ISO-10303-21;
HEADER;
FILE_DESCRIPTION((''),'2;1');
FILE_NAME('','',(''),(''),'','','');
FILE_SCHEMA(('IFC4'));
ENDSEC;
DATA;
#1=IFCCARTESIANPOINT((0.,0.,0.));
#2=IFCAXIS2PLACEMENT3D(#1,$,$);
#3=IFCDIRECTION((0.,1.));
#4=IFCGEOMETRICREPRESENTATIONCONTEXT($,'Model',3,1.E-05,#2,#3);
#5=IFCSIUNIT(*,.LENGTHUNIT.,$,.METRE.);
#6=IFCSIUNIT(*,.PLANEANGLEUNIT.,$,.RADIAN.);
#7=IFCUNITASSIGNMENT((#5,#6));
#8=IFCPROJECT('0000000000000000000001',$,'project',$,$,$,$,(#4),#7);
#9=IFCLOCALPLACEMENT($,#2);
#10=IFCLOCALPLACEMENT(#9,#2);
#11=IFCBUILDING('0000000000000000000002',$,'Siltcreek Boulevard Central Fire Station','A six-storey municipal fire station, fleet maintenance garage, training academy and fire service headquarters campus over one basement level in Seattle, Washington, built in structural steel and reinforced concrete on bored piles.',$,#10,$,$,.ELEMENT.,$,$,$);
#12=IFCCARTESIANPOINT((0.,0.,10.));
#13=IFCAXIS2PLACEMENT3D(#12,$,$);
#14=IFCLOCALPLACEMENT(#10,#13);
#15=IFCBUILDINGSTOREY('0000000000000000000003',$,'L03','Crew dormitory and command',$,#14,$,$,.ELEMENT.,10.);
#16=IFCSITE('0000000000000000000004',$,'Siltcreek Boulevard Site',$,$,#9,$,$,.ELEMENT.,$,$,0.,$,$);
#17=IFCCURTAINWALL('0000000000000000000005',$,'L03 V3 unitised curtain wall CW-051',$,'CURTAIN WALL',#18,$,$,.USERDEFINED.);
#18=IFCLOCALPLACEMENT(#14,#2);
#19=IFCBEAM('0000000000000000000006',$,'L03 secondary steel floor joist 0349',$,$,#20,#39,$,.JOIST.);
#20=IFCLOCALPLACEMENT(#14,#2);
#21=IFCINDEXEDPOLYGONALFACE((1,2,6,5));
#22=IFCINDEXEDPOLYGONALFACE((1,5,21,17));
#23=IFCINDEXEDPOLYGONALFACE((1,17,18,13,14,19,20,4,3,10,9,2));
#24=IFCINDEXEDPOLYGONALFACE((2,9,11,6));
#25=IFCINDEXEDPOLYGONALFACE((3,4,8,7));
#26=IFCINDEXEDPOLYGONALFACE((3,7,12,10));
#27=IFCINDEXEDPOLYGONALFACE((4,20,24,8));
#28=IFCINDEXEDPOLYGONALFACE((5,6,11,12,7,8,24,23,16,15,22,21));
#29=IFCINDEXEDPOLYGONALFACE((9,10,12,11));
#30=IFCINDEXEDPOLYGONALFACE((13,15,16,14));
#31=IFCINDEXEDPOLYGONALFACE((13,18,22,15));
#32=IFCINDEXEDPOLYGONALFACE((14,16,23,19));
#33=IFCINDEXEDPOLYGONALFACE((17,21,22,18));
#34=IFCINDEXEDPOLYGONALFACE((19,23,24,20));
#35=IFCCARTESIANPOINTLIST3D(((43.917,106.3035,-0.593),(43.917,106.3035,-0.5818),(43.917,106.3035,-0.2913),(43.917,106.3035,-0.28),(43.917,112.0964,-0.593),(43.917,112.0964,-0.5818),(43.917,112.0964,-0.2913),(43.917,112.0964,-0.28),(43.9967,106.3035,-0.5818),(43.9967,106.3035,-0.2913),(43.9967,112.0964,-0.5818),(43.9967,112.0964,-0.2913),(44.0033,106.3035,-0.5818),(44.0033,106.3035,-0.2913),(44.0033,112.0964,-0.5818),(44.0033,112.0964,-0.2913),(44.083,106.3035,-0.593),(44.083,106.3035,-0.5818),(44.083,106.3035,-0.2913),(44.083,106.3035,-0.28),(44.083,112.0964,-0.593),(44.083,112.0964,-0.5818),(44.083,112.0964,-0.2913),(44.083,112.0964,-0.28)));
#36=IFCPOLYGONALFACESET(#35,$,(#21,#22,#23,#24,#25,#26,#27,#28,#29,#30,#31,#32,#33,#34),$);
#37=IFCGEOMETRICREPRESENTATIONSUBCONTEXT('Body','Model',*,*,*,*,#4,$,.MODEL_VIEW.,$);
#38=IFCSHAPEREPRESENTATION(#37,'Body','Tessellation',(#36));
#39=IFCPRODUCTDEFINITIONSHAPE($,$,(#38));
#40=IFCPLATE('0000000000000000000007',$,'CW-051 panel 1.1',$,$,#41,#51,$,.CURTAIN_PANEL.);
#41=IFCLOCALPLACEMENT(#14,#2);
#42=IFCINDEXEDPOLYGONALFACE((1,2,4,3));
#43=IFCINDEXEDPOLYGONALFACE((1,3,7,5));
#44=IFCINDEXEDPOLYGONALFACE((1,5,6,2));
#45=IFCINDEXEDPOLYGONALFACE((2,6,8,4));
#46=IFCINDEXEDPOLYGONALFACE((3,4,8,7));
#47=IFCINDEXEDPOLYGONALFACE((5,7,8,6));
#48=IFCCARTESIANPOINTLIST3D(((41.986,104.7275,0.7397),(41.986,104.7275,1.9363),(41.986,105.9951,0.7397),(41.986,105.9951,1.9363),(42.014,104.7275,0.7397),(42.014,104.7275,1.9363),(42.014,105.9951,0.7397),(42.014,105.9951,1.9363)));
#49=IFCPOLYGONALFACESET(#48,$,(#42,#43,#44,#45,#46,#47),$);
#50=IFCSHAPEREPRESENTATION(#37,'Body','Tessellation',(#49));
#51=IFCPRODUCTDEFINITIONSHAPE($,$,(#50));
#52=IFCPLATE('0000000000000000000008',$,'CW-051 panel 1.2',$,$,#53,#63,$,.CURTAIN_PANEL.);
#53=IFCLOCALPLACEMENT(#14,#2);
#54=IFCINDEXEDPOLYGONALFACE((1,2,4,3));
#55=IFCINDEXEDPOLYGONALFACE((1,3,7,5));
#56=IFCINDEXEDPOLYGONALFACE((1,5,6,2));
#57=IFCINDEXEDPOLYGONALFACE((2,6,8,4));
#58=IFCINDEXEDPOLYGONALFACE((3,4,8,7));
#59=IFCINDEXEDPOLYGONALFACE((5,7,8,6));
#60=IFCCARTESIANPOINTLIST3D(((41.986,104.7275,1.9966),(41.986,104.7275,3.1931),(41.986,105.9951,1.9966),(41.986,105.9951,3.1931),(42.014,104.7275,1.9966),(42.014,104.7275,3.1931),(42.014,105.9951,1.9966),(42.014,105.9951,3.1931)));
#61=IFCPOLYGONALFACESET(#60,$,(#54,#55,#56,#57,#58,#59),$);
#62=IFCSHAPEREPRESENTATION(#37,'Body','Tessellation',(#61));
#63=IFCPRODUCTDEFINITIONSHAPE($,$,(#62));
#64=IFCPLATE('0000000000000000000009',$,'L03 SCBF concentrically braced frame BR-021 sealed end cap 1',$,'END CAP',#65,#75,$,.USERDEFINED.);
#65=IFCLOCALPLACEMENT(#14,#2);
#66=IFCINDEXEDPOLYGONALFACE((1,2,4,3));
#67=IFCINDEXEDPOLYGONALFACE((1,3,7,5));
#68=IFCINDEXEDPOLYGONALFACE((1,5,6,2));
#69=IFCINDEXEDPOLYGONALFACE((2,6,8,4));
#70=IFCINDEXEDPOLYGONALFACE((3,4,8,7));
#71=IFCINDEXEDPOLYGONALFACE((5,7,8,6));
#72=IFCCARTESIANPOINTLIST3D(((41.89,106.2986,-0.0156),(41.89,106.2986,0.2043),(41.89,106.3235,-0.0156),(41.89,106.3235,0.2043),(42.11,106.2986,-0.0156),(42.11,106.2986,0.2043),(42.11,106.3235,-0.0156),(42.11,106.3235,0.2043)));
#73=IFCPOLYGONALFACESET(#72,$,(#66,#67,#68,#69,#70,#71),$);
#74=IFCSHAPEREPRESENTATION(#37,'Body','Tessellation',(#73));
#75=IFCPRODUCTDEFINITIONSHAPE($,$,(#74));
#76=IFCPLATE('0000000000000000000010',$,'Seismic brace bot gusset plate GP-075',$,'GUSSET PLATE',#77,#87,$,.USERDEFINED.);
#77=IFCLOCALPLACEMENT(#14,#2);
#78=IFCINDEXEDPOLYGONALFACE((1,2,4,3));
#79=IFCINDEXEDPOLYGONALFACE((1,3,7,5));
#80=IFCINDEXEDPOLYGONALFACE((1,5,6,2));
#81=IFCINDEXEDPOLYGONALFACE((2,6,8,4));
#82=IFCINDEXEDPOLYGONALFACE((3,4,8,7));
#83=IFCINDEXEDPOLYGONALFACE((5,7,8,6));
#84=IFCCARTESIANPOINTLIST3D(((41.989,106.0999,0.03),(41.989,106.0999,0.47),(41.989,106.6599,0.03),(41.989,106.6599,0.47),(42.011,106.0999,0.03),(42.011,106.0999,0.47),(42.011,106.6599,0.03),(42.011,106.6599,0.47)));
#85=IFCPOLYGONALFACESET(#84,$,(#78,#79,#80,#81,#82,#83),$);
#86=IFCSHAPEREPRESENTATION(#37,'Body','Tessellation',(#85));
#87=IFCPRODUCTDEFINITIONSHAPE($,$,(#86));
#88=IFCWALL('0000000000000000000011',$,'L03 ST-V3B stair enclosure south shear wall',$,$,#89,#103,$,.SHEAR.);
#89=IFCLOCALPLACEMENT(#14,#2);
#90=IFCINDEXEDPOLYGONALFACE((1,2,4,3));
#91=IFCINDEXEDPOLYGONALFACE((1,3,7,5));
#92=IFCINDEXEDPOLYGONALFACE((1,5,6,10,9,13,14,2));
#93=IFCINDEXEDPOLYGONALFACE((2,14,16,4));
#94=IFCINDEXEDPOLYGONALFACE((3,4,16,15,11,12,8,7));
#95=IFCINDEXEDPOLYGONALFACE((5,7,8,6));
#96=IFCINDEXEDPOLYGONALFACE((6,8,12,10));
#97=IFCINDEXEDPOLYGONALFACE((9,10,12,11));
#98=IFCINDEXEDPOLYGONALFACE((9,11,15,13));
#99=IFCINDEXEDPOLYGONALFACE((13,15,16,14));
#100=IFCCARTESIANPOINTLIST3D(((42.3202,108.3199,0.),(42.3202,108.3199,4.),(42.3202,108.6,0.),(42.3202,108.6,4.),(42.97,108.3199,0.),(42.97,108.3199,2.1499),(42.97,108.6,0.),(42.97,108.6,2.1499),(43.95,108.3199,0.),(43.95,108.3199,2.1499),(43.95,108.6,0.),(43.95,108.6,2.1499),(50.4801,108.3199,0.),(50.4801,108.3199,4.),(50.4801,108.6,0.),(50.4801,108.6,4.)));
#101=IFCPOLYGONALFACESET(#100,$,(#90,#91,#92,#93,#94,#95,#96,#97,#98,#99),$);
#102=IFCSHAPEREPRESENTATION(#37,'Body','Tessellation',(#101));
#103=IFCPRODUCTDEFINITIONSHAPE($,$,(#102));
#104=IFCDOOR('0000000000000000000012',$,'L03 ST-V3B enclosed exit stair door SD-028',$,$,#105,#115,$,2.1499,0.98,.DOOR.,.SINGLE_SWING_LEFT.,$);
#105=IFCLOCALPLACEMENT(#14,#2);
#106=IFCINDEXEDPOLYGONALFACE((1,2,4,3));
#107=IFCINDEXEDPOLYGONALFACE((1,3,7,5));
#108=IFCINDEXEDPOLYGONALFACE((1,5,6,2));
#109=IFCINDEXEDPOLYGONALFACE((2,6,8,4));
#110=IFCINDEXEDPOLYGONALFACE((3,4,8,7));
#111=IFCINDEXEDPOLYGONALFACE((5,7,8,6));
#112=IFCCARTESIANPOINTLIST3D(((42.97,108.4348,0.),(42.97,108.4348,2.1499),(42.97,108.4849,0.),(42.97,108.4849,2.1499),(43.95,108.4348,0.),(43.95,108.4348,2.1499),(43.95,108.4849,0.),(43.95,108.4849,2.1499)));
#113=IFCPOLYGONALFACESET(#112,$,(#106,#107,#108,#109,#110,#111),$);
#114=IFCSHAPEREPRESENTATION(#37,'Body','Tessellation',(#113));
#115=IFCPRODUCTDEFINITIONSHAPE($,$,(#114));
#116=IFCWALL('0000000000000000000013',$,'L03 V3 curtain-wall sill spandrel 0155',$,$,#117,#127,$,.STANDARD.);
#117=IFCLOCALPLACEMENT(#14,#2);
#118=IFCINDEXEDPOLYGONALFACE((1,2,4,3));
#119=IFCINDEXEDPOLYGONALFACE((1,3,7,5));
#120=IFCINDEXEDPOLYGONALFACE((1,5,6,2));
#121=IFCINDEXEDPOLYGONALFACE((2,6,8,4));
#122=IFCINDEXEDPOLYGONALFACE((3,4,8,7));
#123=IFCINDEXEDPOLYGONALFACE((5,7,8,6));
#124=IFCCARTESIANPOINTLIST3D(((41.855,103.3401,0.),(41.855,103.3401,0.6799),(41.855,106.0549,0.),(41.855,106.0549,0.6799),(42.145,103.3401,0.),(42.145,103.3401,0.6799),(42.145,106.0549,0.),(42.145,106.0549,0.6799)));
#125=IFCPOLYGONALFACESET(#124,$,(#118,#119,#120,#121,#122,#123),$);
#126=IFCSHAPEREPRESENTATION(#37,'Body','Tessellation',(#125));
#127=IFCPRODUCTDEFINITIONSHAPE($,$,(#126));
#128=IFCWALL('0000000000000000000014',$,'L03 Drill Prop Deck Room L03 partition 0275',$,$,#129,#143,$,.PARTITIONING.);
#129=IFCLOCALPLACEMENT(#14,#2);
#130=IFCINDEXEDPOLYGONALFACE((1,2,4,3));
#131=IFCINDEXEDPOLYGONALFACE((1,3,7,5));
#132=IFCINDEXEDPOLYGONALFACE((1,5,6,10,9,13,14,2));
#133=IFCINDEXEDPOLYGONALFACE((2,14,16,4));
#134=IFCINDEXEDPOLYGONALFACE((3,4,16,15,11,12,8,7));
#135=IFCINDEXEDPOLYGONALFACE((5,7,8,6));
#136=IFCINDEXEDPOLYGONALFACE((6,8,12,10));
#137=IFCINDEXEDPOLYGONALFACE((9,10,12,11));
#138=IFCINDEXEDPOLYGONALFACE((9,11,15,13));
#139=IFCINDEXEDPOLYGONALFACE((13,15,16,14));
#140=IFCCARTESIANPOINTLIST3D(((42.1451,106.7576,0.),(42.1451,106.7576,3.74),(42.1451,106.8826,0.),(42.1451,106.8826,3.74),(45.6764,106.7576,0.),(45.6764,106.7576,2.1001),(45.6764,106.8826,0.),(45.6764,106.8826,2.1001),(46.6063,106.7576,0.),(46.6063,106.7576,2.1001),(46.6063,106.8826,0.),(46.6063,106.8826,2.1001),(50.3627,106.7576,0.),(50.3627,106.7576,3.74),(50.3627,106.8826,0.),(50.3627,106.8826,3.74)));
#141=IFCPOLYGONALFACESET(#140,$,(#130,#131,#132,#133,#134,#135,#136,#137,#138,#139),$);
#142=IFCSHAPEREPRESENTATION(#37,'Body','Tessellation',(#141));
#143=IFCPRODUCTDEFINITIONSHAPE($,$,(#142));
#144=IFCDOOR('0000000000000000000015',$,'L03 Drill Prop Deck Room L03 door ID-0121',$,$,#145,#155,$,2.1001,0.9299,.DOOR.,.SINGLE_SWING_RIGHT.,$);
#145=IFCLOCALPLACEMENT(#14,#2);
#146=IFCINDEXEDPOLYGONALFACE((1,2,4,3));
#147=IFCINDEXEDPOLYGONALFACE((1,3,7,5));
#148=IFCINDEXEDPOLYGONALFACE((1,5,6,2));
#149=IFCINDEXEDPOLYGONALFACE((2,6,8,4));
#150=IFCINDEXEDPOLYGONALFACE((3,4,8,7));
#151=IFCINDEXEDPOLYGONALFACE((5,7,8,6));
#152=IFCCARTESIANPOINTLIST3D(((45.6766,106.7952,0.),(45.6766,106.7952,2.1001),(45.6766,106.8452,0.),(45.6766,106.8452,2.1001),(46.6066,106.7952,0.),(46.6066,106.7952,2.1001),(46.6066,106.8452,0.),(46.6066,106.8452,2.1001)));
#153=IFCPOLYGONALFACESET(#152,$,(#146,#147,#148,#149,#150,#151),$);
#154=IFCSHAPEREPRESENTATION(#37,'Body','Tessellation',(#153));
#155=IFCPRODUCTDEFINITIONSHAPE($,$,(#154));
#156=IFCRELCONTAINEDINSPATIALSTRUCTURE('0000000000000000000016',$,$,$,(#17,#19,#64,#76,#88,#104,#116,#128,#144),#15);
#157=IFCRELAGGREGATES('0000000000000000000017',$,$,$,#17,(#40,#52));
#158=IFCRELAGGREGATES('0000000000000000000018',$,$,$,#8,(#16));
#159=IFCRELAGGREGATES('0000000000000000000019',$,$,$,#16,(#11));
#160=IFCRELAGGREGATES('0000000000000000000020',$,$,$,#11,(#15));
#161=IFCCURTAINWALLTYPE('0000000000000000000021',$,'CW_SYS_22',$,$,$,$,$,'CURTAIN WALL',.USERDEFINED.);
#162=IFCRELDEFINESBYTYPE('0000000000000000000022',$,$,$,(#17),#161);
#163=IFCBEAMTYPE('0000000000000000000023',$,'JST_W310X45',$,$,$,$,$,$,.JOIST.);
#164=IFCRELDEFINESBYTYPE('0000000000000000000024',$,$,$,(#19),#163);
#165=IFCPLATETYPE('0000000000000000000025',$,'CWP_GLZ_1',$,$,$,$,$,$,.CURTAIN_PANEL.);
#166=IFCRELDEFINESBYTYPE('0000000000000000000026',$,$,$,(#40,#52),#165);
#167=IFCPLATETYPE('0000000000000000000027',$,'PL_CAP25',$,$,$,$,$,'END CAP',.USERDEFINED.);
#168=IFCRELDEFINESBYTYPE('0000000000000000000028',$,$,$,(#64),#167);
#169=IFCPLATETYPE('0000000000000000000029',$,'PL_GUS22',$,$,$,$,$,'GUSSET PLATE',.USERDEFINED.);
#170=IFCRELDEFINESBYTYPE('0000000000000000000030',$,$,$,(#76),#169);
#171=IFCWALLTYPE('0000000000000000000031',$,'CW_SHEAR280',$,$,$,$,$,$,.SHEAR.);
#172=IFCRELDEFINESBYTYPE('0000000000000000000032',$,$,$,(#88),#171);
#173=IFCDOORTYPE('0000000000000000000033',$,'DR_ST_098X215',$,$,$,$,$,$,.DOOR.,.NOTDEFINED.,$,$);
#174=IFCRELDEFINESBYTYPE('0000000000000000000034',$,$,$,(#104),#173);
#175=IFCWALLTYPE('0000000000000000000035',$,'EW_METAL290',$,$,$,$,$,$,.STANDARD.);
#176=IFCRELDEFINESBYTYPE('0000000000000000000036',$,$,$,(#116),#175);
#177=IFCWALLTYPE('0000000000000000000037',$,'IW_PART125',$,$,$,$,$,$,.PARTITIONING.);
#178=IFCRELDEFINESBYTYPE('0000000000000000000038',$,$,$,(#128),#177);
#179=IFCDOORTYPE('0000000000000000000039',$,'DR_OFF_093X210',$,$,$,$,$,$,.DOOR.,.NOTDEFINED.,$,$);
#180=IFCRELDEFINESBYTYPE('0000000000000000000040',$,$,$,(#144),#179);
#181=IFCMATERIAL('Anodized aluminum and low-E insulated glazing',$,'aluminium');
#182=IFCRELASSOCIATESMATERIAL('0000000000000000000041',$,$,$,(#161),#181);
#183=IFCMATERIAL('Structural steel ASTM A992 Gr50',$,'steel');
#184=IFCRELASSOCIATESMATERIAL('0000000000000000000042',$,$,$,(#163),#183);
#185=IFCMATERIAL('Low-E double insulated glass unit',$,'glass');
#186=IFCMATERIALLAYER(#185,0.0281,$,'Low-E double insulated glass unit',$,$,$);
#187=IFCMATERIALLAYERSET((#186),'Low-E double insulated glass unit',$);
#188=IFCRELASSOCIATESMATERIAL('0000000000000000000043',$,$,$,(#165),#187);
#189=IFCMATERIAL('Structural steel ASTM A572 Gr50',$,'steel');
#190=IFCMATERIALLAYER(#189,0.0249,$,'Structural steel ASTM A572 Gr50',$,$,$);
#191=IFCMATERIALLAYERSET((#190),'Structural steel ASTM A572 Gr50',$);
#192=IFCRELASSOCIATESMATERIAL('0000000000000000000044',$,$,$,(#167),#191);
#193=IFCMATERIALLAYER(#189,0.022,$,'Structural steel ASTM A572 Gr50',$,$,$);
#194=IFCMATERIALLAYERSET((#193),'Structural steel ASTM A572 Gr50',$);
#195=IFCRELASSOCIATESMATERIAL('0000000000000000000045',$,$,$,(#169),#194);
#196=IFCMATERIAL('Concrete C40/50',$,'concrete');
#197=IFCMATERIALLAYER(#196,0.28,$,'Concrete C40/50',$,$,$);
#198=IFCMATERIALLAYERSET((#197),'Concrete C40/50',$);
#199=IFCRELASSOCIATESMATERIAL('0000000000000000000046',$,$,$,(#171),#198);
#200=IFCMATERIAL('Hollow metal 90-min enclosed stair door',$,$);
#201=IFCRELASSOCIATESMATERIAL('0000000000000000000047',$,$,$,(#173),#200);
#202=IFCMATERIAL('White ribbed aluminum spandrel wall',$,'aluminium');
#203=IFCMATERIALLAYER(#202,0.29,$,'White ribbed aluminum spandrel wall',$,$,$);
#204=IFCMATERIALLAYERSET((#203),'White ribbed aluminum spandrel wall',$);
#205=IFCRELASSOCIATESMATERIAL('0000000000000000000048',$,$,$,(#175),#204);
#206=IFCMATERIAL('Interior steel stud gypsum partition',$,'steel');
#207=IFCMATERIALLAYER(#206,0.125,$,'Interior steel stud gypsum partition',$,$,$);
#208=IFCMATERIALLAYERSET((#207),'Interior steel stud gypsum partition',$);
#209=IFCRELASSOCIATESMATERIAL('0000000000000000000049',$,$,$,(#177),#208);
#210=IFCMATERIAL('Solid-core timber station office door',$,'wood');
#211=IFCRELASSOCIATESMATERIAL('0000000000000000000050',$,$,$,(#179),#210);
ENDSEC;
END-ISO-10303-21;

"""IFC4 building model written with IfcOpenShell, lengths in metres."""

from ifc_helpers import new_model, si_unit, direction, frame, frame_2d, origin, origin_2d, place, context, subcontext, project, spatial, rectangle, i_section, extrude, material, layer, layer_set, material_profile, profile_set, type_object, element, fill, aggregate, save


model = new_model("IFC4")

# Units and contexts
model_context = context("Model", 3, precision=1e-05, world=origin(), true_north=direction((0.0, 1.0)))
body_context = subcontext(model_context, "Body", "Model", "MODEL_VIEW")
ifc_project = project(units=[si_unit("LENGTHUNIT", "METRE"), si_unit("PLANEANGLEUNIT", "RADIAN")], contexts=[model_context])

# Site, building, storey
site_placement = place(None, origin())
site = spatial("IfcSite", under=ifc_project, at=site_placement, Name="Siltcreek Boulevard Site", CompositionType="ELEMENT", RefElevation=0.0)
building_placement = place(site_placement, origin())
building = spatial("IfcBuilding", under=site, at=building_placement, Name="Siltcreek Boulevard Central Fire Station", Description="A six-storey municipal fire station, fleet maintenance garage, training academy and fire service headquarters campus over one basement level in Seattle, Washington, built in structural steel and reinforced concrete on bored piles.", CompositionType="ELEMENT")
storey_placement = place(building_placement, frame((0.0, 0.0, 10.0)))
storey = spatial("IfcBuildingStorey", under=building, at=storey_placement, Name="L03", Description="Crew dormitory and command", CompositionType="ELEMENT", Elevation=10.0)

# Shared definitions
ifc_material_1 = material(Name="Structural steel ASTM A992 Gr50", Category="steel")

# Curtain wall
ifc_material_2 = material(Name="Anodized aluminum and low-E insulated glazing", Category="aluminium")
curtain_wall_type = type_object("IfcCurtainWallType", Name="CW_SYS_22", ElementType="CURTAIN WALL", PredefinedType="USERDEFINED", material=ifc_material_2)
curtain_wall_placement = place(storey_placement, origin())
curtain_wall = element("IfcCurtainWall", 1, at=curtain_wall_placement, inside=storey, type_object=curtain_wall_type, Name="L03 V3 unitised curtain wall CW-051", ObjectType="CURTAIN WALL", PredefinedType="USERDEFINED")

# Beam
ifc_material_profile_1 = material_profile(ifc_material_1, i_section(OverallWidth=0.166, OverallDepth=0.313, WebThickness=0.0066, FlangeThickness=0.0112, at=origin_2d()), Name="W310X45")
ifc_profile_set_1 = profile_set([ifc_material_profile_1], Name="Structural steel ASTM A992 Gr50")
beam_type_1 = type_object("IfcBeamType", Name="JST_W310X45", PredefinedType="JOIST", material=ifc_profile_set_1)
beam_1_placement = place(storey_placement, frame((44.0, 106.3035, -0.4365), z_axis=(0.0, 1.0, 0.0), x_axis=(-1.0, 0.0, 0.0)))
element("IfcBeam", 2, at=beam_1_placement, inside=storey, type_object=beam_type_1, Name="L03 secondary steel floor joist 0349", PredefinedType="JOIST", context=body_context, shape_type="SweptSolid", body=[
    extrude(i_section(OverallWidth=0.166, OverallDepth=0.313, WebThickness=0.0066, FlangeThickness=0.0112, at=origin_2d()), origin(), (0.0, 0.0, 1.0), 5.793),
])

# Plates
ifc_material_3 = material(Name="Low-E double insulated glass unit", Category="glass")
ifc_layer_1 = layer(ifc_material_3, 0.0281, Name="Low-E double insulated glass unit")
ifc_layer_set_1 = layer_set([ifc_layer_1], Name="Low-E double insulated glass unit")
plate_type_1 = type_object("IfcPlateType", Name="CWP_GLZ_1", PredefinedType="CURTAIN_PANEL", material=ifc_layer_set_1)
plate_1_placement = place(storey_placement, frame((42.0, 105.3613, 0.7397), z_axis=(0.0, 0.0, 1.0), x_axis=(0.0, -1.0, 0.0)))
plate_1 = element("IfcPlate", 3, at=plate_1_placement, type_object=plate_type_1, Name="CW-051 panel 1.1", PredefinedType="CURTAIN_PANEL", context=body_context, shape_type="SweptSolid", body=[
    extrude(rectangle(XDim=1.2676, YDim=0.0281, at=origin_2d()), origin(), (0.0, 0.0, 1.0), 1.1965),
])
plate_2_placement = place(storey_placement, frame((42.0, 105.3613, 1.9966), z_axis=(0.0, 0.0, 1.0), x_axis=(0.0, -1.0, 0.0)))
plate_2 = element("IfcPlate", 4, at=plate_2_placement, type_object=plate_type_1, Name="CW-051 panel 1.2", PredefinedType="CURTAIN_PANEL", context=body_context, shape_type="SweptSolid", body=[
    extrude(rectangle(XDim=1.2676, YDim=0.0281, at=origin_2d()), origin(), (0.0, 0.0, 1.0), 1.1965),
])
aggregate(curtain_wall, [plate_1, plate_2])

# Plates
ifc_material_4 = material(Name="Structural steel ASTM A572 Gr50", Category="steel")
ifc_layer_2 = layer(ifc_material_4, 0.0249, Name="Structural steel ASTM A572 Gr50")
ifc_layer_set_2 = layer_set([ifc_layer_2], Name="Structural steel ASTM A572 Gr50")
plate_type_2 = type_object("IfcPlateType", Name="PL_CAP25", ElementType="END CAP", PredefinedType="USERDEFINED", material=ifc_layer_set_2)
plate_3_placement = place(storey_placement, frame((42.0, 106.311, -0.0156), z_axis=(0.0, 0.0, 1.0), x_axis=(0.0, 1.0, 0.0)))
element("IfcPlate", 5, at=plate_3_placement, inside=storey, type_object=plate_type_2, Name="L03 SCBF concentrically braced frame BR-021 sealed end cap 1", ObjectType="END CAP", PredefinedType="USERDEFINED", context=body_context, shape_type="SweptSolid", body=[
    extrude(rectangle(XDim=0.0249, YDim=0.22, at=origin_2d()), origin(), (0.0, 0.0, 1.0), 0.22),
])
ifc_layer_3 = layer(ifc_material_4, 0.022, Name="Structural steel ASTM A572 Gr50")
ifc_layer_set_3 = layer_set([ifc_layer_3], Name="Structural steel ASTM A572 Gr50")
plate_type_3 = type_object("IfcPlateType", Name="PL_GUS22", ElementType="GUSSET PLATE", PredefinedType="USERDEFINED", material=ifc_layer_set_3)
plate_4_placement = place(storey_placement, frame((42.0, 106.3799, 0.03), z_axis=(0.0, 0.0, 1.0), x_axis=(0.0, 1.0, 0.0)))
element("IfcPlate", 6, at=plate_4_placement, inside=storey, type_object=plate_type_3, Name="Seismic brace bot gusset plate GP-075", ObjectType="GUSSET PLATE", PredefinedType="USERDEFINED", context=body_context, shape_type="SweptSolid", body=[
    extrude(rectangle(XDim=0.5601, YDim=0.022, at=origin_2d()), origin(), (0.0, 0.0, 1.0), 0.4399),
])

# Wall, opening, door
ifc_material_5 = material(Name="Concrete C40/50", Category="concrete")
ifc_layer_4 = layer(ifc_material_5, 0.28, Name="Concrete C40/50")
ifc_layer_set_4 = layer_set([ifc_layer_4], Name="Concrete C40/50")
wall_type_1 = type_object("IfcWallType", Name="CW_SHEAR280", PredefinedType="SHEAR", material=ifc_layer_set_4)
wall_1_placement = place(storey_placement, frame((42.3201, 108.46, 0.0), z_axis=(0.0, 0.0, 1.0), x_axis=(1.0, 0.0, 0.0)))
wall_1 = element("IfcWall", 7, at=wall_1_placement, inside=storey, type_object=wall_type_1, Name="L03 ST-V3B stair enclosure south shear wall", PredefinedType="SHEAR", context=body_context, shape_type="SweptSolid", body=[
    extrude(rectangle(XDim=8.1599, YDim=0.28, at=frame_2d((4.0801, 0.0))), origin(), (0.0, 0.0, 1.0), 4.0),
])
opening_1_placement = place(wall_1_placement, frame((0.6499, 0.0, 0.0)))
opening_1 = element("IfcOpeningElement", 8, at=opening_1_placement, cuts=wall_1, PredefinedType="OPENING", context=body_context, shape_type="SweptSolid", body=[
    extrude(rectangle(XDim=0.98, YDim=2.1499, at=frame_2d((0.49, 1.075))), frame((0.0, 0.1499, 0.0), z_axis=(0.0, -1.0, 0.0), x_axis=(1.0, 0.0, 0.0)), (0.0, 0.0, 1.0), 0.3),
])
ifc_material_6 = material(Name="Hollow metal 90-min enclosed stair door")
door_type_1 = type_object("IfcDoorType", Name="DR_ST_098X215", OperationType="NOTDEFINED", PredefinedType="DOOR", material=ifc_material_6)
door_1_placement = place(opening_1_placement, origin())
door_1 = element("IfcDoor", 9, at=door_1_placement, inside=storey, type_object=door_type_1, Name="L03 ST-V3B enclosed exit stair door SD-028", OperationType="SINGLE_SWING_LEFT", OverallHeight=2.1499, OverallWidth=0.98, PredefinedType="DOOR", context=body_context, shape_type="SweptSolid", body=[
    extrude(rectangle(XDim=0.98, YDim=2.1499, at=frame_2d((0.49, 1.075))), frame((0.0, 0.0249, 0.0), z_axis=(0.0, -1.0, 0.0), x_axis=(1.0, 0.0, 0.0)), (0.0, 0.0, 1.0), 0.05),
])
fill(opening_1, door_1)

# Wall
ifc_material_7 = material(Name="White ribbed aluminum spandrel wall", Category="aluminium")
ifc_layer_5 = layer(ifc_material_7, 0.29, Name="White ribbed aluminum spandrel wall")
ifc_layer_set_5 = layer_set([ifc_layer_5], Name="White ribbed aluminum spandrel wall")
wall_type_2 = type_object("IfcWallType", Name="EW_METAL290", PredefinedType="STANDARD", material=ifc_layer_set_5)
wall_2_placement = place(storey_placement, frame((42.0, 106.0549, 0.0), z_axis=(0.0, 0.0, 1.0), x_axis=(0.0, -1.0, 0.0)))
element("IfcWall", 10, at=wall_2_placement, inside=storey, type_object=wall_type_2, Name="L03 V3 curtain-wall sill spandrel 0155", PredefinedType="STANDARD", context=body_context, shape_type="SweptSolid", body=[
    extrude(rectangle(XDim=2.7148, YDim=0.29, at=frame_2d((1.3574, 0.0))), origin(), (0.0, 0.0, 1.0), 0.6799),
])

# Wall, opening, door
ifc_material_8 = material(Name="Interior steel stud gypsum partition", Category="steel")
ifc_layer_6 = layer(ifc_material_8, 0.125, Name="Interior steel stud gypsum partition")
ifc_layer_set_6 = layer_set([ifc_layer_6], Name="Interior steel stud gypsum partition")
wall_type_3 = type_object("IfcWallType", Name="IW_PART125", PredefinedType="PARTITIONING", material=ifc_layer_set_6)
wall_3_placement = place(storey_placement, frame((42.145, 106.8201, 0.0), z_axis=(0.0, 0.0, 1.0), x_axis=(1.0, 0.0, 0.0)))
wall_3 = element("IfcWall", 11, at=wall_3_placement, inside=storey, type_object=wall_type_3, Name="L03 Drill Prop Deck Room L03 partition 0275", PredefinedType="PARTITIONING", context=body_context, shape_type="SweptSolid", body=[
    extrude(rectangle(XDim=8.2175, YDim=0.125, at=frame_2d((4.1089, 0.0))), origin(), (0.0, 0.0, 1.0), 3.74),
])
opening_2_placement = place(wall_3_placement, frame((3.5315, 0.0, 0.0)))
opening_2 = element("IfcOpeningElement", 12, at=opening_2_placement, cuts=wall_3, PredefinedType="OPENING", context=body_context, shape_type="SweptSolid", body=[
    extrude(rectangle(XDim=0.9299, YDim=2.1001, at=frame_2d((0.4648, 1.05))), frame((0.0, 0.0725, 0.0), z_axis=(0.0, -1.0, 0.0), x_axis=(1.0, 0.0, 0.0)), (0.0, 0.0, 1.0), 0.145),
])
ifc_material_9 = material(Name="Solid-core timber station office door", Category="wood")
door_type_2 = type_object("IfcDoorType", Name="DR_OFF_093X210", OperationType="NOTDEFINED", PredefinedType="DOOR", material=ifc_material_9)
door_2_placement = place(opening_2_placement, frame((0.9299, 0.0, 0.0), z_axis=(0.0, 0.0, 1.0), x_axis=(-1.0, 0.0, 0.0)))
door_2 = element("IfcDoor", 13, at=door_2_placement, inside=storey, type_object=door_type_2, Name="L03 Drill Prop Deck Room L03 door ID-0121", OperationType="SINGLE_SWING_RIGHT", OverallHeight=2.1001, OverallWidth=0.9299, PredefinedType="DOOR", context=body_context, shape_type="SweptSolid", body=[
    extrude(rectangle(XDim=0.9299, YDim=2.1001, at=frame_2d((0.4648, 1.05))), frame((0.0, 0.0249, 0.0), z_axis=(0.0, -1.0, 0.0), x_axis=(1.0, 0.0, 0.0)), (0.0, 0.0, 1.0), 0.05),
])
fill(opening_2, door_2)

save(model, "model.ifc")
